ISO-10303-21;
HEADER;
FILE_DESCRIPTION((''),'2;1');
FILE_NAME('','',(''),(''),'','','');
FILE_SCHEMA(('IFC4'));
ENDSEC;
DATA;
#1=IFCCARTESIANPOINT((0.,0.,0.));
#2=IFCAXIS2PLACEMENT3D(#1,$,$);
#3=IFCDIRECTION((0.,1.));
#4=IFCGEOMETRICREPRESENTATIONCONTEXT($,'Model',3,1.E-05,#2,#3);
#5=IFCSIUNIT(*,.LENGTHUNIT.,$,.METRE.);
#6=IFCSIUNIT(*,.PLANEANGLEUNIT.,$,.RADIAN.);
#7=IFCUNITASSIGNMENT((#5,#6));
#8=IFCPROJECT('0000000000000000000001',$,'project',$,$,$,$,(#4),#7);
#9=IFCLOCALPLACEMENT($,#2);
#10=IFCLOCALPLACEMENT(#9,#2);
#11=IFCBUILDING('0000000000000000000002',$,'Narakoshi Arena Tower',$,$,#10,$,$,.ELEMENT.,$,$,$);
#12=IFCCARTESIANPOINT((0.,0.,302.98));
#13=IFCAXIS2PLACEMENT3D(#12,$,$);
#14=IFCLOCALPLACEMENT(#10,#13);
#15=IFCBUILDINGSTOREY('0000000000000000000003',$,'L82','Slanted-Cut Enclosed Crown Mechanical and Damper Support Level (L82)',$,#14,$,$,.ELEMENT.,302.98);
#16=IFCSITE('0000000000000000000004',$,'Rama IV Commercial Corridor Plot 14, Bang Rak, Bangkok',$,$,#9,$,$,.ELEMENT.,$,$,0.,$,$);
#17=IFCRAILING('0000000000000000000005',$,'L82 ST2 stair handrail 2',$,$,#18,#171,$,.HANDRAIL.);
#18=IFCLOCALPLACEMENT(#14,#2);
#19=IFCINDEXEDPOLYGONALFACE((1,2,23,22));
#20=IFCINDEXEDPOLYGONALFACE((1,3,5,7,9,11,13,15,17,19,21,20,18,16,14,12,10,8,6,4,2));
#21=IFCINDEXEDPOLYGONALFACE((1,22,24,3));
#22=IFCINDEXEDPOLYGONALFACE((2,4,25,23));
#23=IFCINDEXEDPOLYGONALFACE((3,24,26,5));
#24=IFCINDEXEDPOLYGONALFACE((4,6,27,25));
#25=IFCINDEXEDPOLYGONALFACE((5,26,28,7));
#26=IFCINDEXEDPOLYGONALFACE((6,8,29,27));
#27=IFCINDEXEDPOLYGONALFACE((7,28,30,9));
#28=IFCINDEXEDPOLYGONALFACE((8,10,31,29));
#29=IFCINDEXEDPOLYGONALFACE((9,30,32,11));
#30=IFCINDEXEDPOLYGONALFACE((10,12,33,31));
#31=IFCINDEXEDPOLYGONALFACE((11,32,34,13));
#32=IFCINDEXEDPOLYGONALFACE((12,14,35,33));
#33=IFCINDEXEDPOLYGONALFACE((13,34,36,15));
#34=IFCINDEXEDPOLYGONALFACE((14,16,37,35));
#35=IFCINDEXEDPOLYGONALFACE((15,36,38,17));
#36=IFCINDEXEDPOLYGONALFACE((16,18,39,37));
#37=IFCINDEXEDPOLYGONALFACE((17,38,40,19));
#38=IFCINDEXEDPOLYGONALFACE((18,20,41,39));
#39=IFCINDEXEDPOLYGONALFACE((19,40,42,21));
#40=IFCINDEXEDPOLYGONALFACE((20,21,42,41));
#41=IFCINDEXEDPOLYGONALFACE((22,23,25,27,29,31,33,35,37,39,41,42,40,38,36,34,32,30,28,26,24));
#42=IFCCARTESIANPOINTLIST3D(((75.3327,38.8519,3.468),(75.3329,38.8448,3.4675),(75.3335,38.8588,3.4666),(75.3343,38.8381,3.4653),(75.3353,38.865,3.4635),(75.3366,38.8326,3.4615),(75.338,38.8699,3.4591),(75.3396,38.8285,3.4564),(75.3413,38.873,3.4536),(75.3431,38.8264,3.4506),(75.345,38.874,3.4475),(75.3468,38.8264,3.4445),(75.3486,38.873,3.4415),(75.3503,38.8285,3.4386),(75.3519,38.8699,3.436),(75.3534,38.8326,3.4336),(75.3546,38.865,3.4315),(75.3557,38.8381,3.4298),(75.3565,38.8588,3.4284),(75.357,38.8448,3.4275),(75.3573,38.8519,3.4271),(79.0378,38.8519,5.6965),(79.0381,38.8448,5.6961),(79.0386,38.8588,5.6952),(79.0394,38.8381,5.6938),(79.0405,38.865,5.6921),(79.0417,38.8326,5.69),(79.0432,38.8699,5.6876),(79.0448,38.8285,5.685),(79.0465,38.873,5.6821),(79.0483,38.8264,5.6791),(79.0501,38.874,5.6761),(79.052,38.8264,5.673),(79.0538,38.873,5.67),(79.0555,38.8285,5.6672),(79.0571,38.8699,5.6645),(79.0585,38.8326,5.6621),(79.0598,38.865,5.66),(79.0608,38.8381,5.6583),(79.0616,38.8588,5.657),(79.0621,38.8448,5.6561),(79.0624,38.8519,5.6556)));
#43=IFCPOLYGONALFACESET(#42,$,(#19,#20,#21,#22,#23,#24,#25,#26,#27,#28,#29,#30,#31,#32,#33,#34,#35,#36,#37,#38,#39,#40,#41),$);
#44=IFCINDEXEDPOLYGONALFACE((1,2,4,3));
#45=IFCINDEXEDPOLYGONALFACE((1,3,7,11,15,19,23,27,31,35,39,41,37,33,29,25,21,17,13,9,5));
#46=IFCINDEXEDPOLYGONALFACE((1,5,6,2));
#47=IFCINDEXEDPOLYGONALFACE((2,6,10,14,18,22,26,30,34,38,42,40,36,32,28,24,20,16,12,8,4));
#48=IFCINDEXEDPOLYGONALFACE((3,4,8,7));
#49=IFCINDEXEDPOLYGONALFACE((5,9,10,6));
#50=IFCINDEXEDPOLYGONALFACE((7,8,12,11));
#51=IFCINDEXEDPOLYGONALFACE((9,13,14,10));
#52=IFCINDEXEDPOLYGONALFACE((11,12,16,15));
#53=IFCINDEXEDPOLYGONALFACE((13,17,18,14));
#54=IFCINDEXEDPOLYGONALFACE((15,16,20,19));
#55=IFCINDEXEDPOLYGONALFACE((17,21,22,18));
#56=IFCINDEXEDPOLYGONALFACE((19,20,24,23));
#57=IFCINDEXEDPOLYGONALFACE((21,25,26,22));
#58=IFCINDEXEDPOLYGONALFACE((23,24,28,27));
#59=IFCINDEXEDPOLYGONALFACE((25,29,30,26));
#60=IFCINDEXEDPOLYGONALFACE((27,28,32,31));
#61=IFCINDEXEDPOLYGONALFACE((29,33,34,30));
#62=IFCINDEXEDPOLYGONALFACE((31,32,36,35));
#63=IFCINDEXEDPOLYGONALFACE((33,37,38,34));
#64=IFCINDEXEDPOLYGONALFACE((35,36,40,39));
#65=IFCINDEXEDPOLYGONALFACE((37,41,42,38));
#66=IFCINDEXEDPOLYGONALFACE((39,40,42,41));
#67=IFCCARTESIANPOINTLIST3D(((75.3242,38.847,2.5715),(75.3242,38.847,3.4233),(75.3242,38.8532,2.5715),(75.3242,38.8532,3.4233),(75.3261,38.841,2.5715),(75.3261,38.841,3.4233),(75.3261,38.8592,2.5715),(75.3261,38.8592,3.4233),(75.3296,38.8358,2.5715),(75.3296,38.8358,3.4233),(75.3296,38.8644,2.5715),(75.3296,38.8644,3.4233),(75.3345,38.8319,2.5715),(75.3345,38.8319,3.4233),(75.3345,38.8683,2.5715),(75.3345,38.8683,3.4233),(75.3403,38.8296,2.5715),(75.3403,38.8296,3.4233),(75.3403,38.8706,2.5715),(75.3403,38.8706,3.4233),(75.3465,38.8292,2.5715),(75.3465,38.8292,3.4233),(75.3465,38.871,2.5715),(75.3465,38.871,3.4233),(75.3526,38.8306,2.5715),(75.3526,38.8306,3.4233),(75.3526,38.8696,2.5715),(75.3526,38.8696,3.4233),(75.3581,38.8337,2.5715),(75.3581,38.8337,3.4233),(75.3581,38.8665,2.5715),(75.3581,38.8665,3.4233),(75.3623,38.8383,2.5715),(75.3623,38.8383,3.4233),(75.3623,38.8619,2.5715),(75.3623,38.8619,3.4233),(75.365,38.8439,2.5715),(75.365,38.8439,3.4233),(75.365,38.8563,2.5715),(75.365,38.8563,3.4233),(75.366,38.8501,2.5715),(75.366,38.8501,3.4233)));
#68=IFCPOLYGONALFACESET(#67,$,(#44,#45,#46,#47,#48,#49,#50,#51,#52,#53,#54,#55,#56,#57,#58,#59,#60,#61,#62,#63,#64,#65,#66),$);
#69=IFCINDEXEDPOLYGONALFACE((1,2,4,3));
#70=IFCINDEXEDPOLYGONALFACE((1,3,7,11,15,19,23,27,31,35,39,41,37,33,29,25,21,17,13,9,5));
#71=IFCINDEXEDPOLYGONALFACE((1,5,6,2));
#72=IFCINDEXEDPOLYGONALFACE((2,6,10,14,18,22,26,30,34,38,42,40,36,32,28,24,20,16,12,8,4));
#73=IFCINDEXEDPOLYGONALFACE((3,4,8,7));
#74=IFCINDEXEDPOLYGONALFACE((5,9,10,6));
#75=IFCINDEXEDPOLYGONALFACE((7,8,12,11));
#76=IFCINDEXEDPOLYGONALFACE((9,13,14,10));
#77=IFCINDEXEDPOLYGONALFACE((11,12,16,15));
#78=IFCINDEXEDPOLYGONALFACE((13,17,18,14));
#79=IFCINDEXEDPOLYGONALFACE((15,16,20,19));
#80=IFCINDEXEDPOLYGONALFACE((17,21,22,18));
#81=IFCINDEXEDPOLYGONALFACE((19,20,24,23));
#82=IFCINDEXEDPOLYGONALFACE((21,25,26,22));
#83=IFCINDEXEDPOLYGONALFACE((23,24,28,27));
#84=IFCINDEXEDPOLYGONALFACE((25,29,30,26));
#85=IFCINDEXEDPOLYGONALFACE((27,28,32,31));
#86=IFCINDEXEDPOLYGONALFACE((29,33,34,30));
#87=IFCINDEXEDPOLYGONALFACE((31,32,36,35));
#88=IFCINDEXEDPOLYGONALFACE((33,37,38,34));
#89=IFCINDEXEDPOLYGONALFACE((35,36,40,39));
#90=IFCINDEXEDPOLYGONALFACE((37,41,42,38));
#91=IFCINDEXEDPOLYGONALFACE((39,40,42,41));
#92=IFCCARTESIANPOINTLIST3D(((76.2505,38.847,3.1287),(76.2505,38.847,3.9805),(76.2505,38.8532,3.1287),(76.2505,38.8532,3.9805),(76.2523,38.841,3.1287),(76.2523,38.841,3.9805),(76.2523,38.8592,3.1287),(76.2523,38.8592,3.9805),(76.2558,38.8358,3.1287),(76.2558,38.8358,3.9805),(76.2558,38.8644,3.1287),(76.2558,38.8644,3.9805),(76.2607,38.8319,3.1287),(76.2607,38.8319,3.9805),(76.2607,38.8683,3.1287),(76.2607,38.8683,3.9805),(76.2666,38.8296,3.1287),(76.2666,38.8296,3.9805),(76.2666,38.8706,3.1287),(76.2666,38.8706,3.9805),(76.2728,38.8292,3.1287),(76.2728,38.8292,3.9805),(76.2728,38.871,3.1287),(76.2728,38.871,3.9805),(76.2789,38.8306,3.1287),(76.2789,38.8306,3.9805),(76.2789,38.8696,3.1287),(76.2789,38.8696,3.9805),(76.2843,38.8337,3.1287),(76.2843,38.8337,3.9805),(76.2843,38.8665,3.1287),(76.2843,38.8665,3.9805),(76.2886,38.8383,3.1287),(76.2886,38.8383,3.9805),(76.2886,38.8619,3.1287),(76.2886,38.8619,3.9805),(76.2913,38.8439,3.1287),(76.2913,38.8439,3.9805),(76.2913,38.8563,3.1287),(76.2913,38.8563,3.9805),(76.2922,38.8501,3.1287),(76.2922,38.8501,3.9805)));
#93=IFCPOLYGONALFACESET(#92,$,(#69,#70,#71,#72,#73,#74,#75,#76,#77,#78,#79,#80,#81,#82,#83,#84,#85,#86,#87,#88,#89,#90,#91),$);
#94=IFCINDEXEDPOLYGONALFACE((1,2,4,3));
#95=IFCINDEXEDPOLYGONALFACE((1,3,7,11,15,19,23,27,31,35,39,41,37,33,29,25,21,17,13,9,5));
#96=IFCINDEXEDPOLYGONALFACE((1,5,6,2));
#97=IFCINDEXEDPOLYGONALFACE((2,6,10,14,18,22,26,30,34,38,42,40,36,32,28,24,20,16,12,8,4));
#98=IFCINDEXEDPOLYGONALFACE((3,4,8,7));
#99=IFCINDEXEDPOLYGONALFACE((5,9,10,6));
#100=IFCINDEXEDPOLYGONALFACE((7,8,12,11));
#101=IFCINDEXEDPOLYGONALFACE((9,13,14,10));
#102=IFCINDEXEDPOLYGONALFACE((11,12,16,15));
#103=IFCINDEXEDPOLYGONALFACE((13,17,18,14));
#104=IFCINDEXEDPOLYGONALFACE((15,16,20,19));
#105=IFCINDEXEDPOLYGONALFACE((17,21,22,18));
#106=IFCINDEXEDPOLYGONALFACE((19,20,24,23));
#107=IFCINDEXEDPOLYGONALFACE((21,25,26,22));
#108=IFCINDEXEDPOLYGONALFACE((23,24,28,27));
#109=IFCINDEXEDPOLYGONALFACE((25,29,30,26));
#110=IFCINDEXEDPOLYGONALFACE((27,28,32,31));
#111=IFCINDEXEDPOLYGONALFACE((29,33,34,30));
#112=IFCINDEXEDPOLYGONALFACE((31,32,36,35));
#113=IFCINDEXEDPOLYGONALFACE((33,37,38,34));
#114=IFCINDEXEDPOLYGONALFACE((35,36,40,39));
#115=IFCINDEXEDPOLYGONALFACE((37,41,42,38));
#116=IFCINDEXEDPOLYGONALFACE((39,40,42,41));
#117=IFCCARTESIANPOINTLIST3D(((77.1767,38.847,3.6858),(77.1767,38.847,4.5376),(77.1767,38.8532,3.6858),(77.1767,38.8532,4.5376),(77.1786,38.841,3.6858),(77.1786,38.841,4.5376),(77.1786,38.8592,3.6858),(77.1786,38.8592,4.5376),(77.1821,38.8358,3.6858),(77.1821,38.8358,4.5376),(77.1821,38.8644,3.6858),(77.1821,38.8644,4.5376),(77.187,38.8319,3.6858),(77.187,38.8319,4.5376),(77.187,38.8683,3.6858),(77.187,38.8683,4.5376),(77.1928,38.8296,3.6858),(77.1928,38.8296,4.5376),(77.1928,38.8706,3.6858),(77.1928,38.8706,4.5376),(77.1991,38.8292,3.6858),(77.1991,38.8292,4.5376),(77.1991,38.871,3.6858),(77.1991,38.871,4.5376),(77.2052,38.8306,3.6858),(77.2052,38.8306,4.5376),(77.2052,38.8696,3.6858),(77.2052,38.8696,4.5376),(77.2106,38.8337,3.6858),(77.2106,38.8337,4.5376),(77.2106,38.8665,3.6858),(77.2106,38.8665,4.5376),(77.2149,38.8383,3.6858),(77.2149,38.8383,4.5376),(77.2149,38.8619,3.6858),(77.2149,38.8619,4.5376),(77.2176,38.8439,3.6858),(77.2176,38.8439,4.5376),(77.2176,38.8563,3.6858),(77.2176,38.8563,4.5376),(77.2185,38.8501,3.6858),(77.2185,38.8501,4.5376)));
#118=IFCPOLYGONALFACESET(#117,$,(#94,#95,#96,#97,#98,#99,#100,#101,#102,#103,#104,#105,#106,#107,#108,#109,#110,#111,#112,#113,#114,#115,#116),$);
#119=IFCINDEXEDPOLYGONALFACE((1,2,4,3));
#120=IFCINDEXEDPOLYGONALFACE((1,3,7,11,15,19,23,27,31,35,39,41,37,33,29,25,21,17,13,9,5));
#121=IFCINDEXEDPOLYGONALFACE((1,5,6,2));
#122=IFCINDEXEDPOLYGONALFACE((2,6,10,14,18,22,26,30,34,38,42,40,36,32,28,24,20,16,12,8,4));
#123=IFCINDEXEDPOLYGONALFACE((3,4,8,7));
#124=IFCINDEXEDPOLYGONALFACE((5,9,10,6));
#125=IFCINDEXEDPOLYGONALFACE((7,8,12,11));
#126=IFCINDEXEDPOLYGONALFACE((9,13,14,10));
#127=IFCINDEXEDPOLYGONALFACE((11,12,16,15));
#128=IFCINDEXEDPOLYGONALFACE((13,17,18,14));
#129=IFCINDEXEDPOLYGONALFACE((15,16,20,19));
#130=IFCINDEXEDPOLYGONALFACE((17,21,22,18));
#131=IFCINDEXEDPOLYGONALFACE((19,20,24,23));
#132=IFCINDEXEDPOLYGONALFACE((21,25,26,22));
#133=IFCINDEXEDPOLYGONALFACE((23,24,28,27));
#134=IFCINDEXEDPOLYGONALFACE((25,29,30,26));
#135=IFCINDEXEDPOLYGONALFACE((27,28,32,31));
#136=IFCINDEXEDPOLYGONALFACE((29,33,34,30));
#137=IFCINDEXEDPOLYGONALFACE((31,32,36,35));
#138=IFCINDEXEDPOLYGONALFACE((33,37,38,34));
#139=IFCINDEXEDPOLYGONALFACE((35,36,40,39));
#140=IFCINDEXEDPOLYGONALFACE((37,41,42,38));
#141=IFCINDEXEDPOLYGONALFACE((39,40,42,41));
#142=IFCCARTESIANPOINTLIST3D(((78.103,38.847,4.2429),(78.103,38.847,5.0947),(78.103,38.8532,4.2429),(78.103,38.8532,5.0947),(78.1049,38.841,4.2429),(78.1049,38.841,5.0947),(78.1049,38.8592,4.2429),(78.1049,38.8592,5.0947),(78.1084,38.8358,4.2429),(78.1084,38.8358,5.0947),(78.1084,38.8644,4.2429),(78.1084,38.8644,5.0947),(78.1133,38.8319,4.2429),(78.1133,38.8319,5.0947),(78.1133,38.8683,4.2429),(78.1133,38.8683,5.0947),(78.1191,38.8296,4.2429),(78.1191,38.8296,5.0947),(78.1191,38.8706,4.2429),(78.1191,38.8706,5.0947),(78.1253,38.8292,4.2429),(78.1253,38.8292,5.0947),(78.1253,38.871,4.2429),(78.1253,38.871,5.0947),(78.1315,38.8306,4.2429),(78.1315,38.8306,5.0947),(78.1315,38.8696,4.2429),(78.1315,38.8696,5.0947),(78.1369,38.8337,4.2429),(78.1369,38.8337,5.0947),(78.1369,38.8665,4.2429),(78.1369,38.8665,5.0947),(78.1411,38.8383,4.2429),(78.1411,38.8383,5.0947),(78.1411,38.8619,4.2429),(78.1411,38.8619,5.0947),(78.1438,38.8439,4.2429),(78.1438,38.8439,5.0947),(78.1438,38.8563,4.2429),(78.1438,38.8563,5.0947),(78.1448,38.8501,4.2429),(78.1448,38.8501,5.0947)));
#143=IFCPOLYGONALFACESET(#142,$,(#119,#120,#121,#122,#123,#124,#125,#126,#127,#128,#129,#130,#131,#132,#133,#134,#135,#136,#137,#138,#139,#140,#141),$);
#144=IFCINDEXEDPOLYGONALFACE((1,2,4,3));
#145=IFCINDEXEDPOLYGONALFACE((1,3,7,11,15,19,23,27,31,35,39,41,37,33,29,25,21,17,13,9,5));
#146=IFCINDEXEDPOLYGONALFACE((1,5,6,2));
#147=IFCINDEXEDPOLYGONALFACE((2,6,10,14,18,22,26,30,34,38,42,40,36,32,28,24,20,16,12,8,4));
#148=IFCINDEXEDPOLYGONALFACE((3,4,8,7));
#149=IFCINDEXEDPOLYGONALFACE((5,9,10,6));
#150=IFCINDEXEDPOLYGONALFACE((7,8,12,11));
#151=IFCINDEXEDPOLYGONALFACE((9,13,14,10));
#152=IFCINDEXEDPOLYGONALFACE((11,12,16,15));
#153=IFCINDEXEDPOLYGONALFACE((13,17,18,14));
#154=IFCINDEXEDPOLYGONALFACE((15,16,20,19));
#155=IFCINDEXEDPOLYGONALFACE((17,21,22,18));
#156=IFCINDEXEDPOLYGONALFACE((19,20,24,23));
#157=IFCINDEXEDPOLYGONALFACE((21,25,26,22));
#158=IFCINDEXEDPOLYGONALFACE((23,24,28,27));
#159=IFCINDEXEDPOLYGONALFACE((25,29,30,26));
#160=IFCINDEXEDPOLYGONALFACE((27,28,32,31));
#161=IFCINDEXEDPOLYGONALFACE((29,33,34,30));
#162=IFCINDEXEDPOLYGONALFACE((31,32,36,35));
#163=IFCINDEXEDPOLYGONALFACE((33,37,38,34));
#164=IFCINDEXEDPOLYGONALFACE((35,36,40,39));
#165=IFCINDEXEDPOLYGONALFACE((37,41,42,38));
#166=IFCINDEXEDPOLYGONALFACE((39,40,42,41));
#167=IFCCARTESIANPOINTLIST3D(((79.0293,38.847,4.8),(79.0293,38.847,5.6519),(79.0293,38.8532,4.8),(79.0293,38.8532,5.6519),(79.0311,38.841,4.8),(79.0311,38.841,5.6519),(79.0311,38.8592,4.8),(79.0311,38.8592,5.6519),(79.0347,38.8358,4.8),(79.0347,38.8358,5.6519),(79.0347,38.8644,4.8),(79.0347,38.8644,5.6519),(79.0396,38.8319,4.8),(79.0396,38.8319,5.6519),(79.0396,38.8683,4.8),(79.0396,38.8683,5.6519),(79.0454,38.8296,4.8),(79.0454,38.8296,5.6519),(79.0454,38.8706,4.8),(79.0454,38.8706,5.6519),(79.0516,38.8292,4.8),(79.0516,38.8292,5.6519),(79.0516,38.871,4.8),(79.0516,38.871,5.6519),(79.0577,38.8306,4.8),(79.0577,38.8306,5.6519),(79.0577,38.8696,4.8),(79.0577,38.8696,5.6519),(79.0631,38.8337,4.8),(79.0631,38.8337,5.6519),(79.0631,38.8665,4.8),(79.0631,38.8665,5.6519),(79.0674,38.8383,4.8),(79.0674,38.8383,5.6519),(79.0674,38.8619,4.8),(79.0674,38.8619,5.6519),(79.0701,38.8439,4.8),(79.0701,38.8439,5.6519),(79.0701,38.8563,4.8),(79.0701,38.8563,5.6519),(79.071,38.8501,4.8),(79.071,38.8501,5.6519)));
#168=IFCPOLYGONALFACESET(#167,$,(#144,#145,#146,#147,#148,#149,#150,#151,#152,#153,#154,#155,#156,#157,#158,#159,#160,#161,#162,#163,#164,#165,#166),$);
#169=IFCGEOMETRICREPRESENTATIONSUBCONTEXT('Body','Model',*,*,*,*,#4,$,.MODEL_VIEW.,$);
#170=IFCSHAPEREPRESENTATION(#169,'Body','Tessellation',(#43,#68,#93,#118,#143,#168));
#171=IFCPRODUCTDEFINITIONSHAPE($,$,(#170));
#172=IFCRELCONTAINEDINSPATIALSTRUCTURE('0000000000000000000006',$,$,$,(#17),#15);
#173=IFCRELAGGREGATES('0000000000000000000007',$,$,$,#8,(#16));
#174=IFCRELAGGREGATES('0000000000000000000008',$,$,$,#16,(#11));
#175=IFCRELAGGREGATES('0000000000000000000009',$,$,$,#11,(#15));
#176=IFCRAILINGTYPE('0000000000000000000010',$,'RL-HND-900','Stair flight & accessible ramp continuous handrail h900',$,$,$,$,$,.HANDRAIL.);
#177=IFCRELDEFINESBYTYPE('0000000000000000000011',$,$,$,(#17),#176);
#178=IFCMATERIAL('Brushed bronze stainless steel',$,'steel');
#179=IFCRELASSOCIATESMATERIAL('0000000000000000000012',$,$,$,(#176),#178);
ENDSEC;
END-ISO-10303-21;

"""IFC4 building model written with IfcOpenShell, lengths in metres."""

from ifc_helpers import new_model, si_unit, direction, frame, origin, origin_2d, place, context, subcontext, project, spatial, circle, extrude, material, type_object, element, save


model = new_model("IFC4")

# Units and contexts
model_context = context("Model", 3, precision=1e-05, world=origin(), true_north=direction((0.0, 1.0)))
body_context = subcontext(model_context, "Body", "Model", "MODEL_VIEW")
ifc_project = project(units=[si_unit("LENGTHUNIT", "METRE"), si_unit("PLANEANGLEUNIT", "RADIAN")], contexts=[model_context])

# Site, building, storey
site_placement = place(None, origin())
site = spatial("IfcSite", under=ifc_project, at=site_placement, Name="Rama IV Commercial Corridor Plot 14, Bang Rak, Bangkok", CompositionType="ELEMENT", RefElevation=0.0)
building_placement = place(site_placement, origin())
building = spatial("IfcBuilding", under=site, at=building_placement, Name="Narakoshi Arena Tower", CompositionType="ELEMENT")
storey_placement = place(building_placement, frame((0.0, 0.0, 302.98)))
storey = spatial("IfcBuildingStorey", under=building, at=storey_placement, Name="L82", Description="Slanted-Cut Enclosed Crown Mechanical and Damper Support Level (L82)", CompositionType="ELEMENT", Elevation=302.98)

# Railing
ifc_material_1 = material(Name="Brushed bronze stainless steel", Category="steel")
railing_type_1 = type_object("IfcRailingType", Name="RL-HND-900", Description="Stair flight & accessible ramp continuous handrail h900", PredefinedType="HANDRAIL", material=ifc_material_1)
railing_1_placement = place(storey_placement, frame((75.345, 38.8501, 2.5715)))
element("IfcRailing", 1, at=railing_1_placement, inside=storey, type_object=railing_type_1, Name="L82 ST2 stair handrail 2", PredefinedType="HANDRAIL", context=body_context, shape_type="SweptSolid", body=[
    extrude(circle(Radius=0.0239, at=origin_2d()), frame((0.0, 0.0, 0.876), z_axis=(0.856934, 0.0, 0.515425), x_axis=(0.0, 1.0, 0.0)), (0.0, 0.0, 1.0), 4.3237),
    extrude(circle(Radius=0.021, at=origin_2d()), origin(), (0.0, 0.0, 1.0), 0.8518),
    extrude(circle(Radius=0.021, at=origin_2d()), frame((0.9263, 0.0, 0.5571)), (0.0, 0.0, 1.0), 0.8518),
    extrude(circle(Radius=0.021, at=origin_2d()), frame((1.8525, 0.0, 1.1143)), (0.0, 0.0, 1.0), 0.8518),
    extrude(circle(Radius=0.021, at=origin_2d()), frame((2.7788, 0.0, 1.6714)), (0.0, 0.0, 1.0), 0.8518),
    extrude(circle(Radius=0.021, at=origin_2d()), frame((3.7051, 0.0, 2.2285)), (0.0, 0.0, 1.0), 0.8518),
])

save(model, "model.ifc")
